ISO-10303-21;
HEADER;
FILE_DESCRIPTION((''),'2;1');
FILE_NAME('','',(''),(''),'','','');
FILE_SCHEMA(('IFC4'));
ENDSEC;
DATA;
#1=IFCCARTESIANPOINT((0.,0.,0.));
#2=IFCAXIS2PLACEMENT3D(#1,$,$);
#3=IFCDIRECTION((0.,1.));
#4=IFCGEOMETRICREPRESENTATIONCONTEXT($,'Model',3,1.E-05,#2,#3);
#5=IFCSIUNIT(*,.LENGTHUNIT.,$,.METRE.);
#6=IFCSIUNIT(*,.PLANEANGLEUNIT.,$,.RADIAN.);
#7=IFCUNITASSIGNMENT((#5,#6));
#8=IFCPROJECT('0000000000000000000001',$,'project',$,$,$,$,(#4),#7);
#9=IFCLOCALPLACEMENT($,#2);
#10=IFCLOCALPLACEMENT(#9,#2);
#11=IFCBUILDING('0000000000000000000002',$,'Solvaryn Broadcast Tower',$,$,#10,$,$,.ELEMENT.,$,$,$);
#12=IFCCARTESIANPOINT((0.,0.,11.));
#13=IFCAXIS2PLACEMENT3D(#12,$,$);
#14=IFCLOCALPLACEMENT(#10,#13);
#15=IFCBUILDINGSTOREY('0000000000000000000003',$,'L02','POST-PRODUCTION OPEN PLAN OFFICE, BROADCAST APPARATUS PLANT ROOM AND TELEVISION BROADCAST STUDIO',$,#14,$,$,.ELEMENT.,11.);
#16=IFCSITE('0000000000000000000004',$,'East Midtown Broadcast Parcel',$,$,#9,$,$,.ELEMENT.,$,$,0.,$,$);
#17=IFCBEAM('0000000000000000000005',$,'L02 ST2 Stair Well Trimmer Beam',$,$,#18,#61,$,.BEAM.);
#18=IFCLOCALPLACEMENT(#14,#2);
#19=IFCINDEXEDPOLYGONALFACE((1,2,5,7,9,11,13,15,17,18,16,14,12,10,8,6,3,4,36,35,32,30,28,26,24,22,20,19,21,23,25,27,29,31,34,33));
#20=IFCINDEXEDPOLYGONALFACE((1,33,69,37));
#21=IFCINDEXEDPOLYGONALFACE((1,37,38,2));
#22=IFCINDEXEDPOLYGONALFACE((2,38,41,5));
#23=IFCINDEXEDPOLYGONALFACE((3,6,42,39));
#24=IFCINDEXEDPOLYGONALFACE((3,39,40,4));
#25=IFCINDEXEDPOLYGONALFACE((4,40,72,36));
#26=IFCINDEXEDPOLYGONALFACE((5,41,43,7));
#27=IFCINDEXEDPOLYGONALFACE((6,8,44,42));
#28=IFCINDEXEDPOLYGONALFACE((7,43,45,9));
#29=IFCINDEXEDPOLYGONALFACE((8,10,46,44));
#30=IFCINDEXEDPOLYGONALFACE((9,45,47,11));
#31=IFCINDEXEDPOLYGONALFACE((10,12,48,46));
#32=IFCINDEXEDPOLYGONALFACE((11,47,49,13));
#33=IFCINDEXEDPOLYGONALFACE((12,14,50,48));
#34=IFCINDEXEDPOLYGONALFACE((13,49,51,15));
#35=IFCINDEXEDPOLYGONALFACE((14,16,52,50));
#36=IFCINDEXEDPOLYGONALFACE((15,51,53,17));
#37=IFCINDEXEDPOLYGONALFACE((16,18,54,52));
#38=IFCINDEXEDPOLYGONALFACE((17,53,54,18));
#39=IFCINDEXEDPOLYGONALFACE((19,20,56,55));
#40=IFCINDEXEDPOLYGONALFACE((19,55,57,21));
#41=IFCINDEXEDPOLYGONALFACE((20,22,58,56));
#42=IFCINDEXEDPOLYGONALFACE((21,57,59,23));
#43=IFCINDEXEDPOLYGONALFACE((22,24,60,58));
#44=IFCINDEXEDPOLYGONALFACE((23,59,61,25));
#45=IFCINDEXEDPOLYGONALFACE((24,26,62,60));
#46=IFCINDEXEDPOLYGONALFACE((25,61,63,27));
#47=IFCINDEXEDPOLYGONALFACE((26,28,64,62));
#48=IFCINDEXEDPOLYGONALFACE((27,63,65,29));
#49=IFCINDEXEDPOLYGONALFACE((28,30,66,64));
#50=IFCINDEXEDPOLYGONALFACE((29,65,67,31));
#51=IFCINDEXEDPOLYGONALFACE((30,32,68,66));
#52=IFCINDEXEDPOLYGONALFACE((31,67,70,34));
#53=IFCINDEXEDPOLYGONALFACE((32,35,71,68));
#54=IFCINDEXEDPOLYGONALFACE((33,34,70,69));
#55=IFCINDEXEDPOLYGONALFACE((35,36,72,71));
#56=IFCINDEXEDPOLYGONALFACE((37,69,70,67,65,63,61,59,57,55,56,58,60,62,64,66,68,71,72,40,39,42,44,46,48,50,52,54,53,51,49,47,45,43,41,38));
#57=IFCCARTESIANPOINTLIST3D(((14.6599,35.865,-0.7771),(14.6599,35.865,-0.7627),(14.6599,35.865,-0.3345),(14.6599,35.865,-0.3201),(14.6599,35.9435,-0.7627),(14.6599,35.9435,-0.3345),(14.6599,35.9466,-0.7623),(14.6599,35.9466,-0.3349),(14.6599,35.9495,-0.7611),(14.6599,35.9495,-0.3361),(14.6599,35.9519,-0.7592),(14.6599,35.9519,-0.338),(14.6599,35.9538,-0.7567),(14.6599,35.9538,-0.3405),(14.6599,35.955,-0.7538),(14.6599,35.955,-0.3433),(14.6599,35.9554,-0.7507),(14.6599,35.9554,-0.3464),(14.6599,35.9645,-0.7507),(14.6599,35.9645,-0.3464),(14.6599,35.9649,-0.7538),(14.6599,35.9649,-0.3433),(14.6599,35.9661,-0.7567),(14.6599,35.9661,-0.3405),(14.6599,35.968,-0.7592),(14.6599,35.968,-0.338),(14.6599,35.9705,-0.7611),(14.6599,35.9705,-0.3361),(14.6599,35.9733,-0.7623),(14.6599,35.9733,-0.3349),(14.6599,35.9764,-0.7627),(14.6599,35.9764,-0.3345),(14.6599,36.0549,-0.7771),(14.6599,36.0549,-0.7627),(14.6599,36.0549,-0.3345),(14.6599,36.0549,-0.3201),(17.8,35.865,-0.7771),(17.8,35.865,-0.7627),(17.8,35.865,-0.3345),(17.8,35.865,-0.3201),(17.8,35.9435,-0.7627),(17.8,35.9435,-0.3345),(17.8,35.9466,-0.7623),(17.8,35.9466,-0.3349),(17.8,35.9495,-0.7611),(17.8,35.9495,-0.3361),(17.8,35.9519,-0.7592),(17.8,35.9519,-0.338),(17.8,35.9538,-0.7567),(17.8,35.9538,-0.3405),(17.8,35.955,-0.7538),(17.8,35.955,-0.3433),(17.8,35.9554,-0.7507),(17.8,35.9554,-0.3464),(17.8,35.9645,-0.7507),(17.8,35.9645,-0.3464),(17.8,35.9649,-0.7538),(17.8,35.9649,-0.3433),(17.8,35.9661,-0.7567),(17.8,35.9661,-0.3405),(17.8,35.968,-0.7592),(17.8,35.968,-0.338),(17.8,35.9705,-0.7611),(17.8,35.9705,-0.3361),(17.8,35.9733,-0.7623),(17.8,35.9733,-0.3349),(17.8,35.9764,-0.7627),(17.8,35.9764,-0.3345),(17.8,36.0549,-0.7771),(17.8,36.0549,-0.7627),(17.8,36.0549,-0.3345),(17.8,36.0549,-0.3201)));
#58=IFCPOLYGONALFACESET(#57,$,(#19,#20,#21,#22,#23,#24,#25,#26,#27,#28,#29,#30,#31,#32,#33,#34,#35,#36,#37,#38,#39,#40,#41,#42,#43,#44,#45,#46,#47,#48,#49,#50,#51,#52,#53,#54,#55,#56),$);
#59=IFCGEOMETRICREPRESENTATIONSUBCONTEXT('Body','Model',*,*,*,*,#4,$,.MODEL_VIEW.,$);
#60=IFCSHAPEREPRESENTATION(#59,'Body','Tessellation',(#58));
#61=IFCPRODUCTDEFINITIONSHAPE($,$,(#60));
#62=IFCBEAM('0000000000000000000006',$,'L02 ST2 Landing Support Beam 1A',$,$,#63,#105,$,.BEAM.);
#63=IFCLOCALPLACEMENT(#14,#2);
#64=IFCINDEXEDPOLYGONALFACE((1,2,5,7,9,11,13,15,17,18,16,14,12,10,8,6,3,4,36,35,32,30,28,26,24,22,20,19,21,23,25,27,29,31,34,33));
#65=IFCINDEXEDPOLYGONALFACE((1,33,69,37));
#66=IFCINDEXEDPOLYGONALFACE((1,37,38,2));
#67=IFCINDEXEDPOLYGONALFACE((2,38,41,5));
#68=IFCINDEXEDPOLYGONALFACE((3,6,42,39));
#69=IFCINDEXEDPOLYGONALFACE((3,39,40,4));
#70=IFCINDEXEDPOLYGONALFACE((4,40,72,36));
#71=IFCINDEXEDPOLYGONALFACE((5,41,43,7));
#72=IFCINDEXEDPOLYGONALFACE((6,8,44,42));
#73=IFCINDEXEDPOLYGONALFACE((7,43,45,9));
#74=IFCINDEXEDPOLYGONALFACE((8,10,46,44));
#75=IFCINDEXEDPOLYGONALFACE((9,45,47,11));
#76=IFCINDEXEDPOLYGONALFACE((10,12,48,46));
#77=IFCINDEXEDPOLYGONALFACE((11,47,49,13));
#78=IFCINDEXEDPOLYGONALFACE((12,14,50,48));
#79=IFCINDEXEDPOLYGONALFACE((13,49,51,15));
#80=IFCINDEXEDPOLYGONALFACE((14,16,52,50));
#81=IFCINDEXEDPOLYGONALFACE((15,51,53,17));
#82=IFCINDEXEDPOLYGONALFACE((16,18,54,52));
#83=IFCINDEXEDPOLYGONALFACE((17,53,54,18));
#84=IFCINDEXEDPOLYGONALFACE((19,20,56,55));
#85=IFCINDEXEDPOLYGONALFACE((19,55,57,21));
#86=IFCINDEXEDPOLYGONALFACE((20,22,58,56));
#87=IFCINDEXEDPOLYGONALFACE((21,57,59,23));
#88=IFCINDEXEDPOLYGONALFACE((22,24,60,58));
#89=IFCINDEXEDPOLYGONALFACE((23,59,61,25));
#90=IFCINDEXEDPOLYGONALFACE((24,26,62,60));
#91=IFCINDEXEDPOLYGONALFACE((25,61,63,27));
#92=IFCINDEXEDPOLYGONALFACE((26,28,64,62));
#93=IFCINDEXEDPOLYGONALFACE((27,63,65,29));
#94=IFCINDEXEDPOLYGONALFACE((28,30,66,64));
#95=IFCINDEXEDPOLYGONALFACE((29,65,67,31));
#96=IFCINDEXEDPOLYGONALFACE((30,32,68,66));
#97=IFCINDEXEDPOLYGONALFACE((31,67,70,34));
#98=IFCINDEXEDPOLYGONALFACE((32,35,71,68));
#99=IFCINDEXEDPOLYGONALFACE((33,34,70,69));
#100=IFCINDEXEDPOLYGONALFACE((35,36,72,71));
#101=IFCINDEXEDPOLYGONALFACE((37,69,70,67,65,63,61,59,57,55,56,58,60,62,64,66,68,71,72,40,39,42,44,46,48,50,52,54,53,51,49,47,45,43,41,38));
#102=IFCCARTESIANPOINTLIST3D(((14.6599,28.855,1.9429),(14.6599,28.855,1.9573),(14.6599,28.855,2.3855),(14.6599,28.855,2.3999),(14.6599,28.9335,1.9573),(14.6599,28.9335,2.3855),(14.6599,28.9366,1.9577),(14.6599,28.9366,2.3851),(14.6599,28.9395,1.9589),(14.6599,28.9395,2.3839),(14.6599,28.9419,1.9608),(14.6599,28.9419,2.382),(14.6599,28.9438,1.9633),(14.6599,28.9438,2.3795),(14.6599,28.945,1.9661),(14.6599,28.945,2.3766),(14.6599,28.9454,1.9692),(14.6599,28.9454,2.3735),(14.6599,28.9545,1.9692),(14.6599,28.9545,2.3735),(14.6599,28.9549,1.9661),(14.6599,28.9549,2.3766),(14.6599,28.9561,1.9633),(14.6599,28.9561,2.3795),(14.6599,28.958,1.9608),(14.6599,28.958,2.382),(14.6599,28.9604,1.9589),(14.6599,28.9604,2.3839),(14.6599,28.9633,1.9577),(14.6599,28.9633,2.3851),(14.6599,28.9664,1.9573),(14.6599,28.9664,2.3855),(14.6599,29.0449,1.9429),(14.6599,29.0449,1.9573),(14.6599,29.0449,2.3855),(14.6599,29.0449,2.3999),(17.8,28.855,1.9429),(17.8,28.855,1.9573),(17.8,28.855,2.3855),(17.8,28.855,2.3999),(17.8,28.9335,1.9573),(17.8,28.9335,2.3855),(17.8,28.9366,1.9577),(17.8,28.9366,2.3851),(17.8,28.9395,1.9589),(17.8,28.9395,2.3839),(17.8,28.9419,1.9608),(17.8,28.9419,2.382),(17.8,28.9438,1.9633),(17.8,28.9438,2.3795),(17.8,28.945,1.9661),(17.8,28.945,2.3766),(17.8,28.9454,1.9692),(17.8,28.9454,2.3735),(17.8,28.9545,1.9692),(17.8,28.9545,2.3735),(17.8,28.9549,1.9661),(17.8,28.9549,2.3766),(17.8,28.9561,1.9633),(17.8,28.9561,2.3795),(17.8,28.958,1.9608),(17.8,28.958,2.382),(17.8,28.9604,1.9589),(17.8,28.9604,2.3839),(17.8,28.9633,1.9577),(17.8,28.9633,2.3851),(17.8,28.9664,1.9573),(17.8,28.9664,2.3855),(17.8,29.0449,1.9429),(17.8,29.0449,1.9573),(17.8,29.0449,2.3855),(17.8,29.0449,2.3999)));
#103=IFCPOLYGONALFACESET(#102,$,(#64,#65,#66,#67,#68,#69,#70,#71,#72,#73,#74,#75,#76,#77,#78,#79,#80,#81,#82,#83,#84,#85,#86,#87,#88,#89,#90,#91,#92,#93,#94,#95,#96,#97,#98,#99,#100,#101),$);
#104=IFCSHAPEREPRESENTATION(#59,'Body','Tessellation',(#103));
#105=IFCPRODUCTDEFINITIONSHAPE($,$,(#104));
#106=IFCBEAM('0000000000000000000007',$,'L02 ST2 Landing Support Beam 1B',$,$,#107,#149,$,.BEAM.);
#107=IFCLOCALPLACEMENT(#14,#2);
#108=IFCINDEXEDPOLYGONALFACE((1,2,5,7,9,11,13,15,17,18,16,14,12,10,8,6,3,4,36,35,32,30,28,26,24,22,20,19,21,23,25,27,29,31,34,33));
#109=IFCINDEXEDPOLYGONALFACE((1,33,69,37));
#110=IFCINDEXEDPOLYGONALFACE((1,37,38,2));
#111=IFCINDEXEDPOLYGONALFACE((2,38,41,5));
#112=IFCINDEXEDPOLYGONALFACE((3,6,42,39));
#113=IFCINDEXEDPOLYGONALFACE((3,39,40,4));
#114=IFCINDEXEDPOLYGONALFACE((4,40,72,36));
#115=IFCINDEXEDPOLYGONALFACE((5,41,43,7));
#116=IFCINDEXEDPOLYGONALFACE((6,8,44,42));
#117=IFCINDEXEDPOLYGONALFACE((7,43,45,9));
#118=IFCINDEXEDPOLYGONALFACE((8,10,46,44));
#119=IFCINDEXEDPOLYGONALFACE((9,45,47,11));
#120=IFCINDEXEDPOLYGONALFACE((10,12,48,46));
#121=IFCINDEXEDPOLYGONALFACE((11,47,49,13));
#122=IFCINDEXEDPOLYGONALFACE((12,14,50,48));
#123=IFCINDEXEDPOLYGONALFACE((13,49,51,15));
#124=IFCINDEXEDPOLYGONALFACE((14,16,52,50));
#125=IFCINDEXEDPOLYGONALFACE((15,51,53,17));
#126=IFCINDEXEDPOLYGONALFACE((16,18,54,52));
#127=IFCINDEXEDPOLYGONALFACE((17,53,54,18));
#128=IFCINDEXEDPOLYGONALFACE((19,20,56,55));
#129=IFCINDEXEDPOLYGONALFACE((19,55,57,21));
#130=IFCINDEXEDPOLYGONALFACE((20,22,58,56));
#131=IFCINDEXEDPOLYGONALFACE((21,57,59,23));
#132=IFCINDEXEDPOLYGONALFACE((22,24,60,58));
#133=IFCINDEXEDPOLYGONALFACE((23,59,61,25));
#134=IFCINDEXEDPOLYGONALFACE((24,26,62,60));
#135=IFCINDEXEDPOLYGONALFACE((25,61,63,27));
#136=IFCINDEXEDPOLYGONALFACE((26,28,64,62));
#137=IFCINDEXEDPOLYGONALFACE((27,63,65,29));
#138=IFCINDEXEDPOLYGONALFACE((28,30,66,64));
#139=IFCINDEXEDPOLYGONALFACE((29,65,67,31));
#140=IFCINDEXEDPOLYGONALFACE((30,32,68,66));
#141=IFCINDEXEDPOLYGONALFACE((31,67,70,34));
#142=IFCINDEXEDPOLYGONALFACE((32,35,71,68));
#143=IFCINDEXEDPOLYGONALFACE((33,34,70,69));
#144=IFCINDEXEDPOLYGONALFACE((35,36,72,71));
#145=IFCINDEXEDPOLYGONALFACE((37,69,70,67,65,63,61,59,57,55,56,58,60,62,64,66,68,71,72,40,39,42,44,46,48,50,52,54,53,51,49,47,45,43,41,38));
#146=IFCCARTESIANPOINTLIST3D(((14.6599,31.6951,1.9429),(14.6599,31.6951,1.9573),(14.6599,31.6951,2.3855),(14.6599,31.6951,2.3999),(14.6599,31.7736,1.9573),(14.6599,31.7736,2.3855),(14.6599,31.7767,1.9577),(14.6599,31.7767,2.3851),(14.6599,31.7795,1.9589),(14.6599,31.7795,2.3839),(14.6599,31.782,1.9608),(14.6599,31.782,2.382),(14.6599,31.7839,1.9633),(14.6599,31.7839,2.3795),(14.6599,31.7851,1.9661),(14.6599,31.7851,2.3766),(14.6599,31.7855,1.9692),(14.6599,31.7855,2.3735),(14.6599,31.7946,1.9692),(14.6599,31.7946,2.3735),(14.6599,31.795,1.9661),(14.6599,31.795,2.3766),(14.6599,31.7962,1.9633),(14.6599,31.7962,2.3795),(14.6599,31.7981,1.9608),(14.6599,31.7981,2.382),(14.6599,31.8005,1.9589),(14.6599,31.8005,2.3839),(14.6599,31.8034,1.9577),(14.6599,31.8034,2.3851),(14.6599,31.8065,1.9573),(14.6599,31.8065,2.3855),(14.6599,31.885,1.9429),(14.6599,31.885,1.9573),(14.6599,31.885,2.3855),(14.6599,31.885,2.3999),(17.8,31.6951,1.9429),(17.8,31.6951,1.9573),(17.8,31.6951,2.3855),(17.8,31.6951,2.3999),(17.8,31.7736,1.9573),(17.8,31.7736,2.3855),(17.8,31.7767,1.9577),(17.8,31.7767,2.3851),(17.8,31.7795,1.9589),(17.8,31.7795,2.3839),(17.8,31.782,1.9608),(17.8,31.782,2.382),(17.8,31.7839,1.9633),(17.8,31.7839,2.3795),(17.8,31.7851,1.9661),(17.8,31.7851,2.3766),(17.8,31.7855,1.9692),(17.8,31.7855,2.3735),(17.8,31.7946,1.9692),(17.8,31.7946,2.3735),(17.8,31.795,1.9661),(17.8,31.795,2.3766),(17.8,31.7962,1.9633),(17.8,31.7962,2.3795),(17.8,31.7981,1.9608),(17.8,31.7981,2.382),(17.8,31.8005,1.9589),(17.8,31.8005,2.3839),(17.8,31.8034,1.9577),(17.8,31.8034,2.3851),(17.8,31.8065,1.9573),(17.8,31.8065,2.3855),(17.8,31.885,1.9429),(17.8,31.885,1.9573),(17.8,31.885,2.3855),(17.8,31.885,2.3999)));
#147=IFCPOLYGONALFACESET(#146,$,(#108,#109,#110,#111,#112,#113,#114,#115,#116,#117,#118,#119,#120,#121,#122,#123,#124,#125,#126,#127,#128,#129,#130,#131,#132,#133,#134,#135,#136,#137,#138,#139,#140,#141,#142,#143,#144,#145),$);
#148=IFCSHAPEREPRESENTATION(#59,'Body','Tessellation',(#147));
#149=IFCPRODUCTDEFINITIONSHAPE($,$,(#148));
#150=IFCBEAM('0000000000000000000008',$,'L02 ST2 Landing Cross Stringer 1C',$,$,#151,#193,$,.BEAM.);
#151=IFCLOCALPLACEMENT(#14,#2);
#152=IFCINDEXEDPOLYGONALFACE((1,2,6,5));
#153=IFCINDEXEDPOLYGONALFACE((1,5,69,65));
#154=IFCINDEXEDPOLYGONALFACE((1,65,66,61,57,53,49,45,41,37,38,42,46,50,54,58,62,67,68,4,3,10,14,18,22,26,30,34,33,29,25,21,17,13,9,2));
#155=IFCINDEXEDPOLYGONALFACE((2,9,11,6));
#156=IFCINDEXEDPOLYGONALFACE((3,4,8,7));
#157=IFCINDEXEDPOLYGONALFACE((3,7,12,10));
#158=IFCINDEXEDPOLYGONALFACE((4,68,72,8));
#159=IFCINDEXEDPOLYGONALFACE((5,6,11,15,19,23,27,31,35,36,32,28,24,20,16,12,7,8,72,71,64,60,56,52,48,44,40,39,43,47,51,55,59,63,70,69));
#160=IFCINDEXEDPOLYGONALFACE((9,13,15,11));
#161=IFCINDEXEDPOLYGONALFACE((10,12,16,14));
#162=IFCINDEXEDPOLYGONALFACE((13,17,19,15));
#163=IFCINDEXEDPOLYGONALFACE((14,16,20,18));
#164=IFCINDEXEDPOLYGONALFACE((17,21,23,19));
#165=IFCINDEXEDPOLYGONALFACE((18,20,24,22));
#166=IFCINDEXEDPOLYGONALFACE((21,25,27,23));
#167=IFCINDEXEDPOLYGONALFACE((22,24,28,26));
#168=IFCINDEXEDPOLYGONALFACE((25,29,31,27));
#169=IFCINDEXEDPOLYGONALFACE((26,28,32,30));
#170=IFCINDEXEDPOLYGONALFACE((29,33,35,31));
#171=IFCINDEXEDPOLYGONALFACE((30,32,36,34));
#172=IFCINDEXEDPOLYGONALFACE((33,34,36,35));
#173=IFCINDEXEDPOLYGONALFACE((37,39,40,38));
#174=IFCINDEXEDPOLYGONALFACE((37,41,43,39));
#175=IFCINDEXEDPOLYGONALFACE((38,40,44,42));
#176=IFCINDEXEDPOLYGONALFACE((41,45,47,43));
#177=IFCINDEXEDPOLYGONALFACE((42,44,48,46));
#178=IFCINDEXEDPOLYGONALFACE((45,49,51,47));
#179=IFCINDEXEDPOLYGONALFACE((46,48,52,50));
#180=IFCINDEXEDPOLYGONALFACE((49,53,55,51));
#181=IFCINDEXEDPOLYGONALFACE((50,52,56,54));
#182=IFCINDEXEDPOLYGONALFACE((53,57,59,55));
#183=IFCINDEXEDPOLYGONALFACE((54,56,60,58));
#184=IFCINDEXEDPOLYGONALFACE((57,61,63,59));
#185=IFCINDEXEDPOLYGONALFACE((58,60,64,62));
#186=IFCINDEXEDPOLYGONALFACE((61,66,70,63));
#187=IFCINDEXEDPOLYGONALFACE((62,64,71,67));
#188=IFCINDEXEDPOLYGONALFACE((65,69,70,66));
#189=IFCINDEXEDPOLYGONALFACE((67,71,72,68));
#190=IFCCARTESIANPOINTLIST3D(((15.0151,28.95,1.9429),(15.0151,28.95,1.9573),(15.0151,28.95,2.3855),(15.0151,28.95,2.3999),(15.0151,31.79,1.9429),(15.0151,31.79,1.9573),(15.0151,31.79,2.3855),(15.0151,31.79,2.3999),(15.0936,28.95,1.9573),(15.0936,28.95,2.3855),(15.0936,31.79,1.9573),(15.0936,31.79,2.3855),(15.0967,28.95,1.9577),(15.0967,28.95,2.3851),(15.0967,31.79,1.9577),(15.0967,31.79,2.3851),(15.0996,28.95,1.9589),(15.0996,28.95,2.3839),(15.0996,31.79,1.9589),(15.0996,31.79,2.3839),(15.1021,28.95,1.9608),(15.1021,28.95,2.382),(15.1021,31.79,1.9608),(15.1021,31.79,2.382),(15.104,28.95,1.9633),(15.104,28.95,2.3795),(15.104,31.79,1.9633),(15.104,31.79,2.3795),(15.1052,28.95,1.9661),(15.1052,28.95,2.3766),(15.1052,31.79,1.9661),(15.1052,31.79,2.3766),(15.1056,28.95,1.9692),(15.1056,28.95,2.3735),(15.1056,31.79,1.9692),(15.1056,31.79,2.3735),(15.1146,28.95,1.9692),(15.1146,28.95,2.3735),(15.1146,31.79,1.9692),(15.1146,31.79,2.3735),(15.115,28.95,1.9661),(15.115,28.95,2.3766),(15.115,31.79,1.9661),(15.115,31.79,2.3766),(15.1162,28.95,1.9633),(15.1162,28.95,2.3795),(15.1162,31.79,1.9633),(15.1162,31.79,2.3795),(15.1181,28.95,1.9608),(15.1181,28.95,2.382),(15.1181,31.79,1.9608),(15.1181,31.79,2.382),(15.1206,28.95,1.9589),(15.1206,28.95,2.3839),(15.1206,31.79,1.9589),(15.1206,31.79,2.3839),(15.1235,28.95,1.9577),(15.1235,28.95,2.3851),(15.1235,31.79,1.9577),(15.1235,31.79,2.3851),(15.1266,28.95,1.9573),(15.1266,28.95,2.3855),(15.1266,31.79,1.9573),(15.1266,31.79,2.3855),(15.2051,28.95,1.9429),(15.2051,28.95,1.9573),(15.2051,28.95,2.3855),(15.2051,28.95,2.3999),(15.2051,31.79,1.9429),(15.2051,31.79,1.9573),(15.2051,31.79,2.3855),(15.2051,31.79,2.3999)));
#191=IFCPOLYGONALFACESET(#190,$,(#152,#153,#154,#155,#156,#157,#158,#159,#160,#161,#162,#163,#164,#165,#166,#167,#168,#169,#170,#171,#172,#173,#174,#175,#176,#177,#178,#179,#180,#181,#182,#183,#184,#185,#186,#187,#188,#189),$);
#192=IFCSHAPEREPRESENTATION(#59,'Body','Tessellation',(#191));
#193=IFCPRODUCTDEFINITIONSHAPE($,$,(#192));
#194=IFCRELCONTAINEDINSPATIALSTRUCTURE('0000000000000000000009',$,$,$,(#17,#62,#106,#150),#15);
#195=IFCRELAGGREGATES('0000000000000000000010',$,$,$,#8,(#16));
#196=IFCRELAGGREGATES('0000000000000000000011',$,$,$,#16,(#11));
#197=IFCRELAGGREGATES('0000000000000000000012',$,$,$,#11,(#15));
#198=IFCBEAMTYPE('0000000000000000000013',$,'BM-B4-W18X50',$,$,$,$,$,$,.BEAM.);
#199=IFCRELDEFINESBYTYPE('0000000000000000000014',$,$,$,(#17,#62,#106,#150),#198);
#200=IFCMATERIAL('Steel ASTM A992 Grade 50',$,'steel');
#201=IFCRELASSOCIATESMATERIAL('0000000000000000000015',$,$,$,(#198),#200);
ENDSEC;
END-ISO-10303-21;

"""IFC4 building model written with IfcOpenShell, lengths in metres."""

from ifc_helpers import new_model, si_unit, direction, frame, origin, origin_2d, place, context, subcontext, project, spatial, i_section, extrude, material, material_profile, profile_set, type_object, element, save


model = new_model("IFC4")

# Units and contexts
model_context = context("Model", 3, precision=1e-05, world=origin(), true_north=direction((0.0, 1.0)))
body_context = subcontext(model_context, "Body", "Model", "MODEL_VIEW")
ifc_project = project(units=[si_unit("LENGTHUNIT", "METRE"), si_unit("PLANEANGLEUNIT", "RADIAN")], contexts=[model_context])

# Site, building, storey
site_placement = place(None, origin())
site = spatial("IfcSite", under=ifc_project, at=site_placement, Name="East Midtown Broadcast Parcel", CompositionType="ELEMENT", RefElevation=0.0)
building_placement = place(site_placement, origin())
building = spatial("IfcBuilding", under=site, at=building_placement, Name="Solvaryn Broadcast Tower", CompositionType="ELEMENT")
storey_placement = place(building_placement, frame((0.0, 0.0, 11.0)))
storey = spatial("IfcBuildingStorey", under=building, at=storey_placement, Name="L02", Description="POST-PRODUCTION OPEN PLAN OFFICE, BROADCAST APPARATUS PLANT ROOM AND TELEVISION BROADCAST STUDIO", CompositionType="ELEMENT", Elevation=11.0)

# Beams
ifc_material_1 = material(Name="Steel ASTM A992 Grade 50", Category="steel")
ifc_material_profile_1 = material_profile(ifc_material_1, i_section(OverallWidth=0.1899, OverallDepth=0.457, WebThickness=0.009, FlangeThickness=0.0144, FilletRadius=0.012, at=origin_2d()))
ifc_profile_set_1 = profile_set([ifc_material_profile_1], Name="Steel ASTM A992 Grade 50")
beam_type = type_object("IfcBeamType", Name="BM-B4-W18X50", PredefinedType="BEAM", material=ifc_profile_set_1)
for number, where, z_axis, x_axis, name in (
    (1, (14.6599, 35.96, -0.5486), (1.0, 0.0, 0.0), (0.0, 1.0, 0.0), "L02 ST2 Stair Well Trimmer Beam"),
    (2, (14.6599, 28.95, 2.1714), (1.0, 0.0, 0.0), (0.0, 1.0, 0.0), "L02 ST2 Landing Support Beam 1A"),
    (3, (14.6599, 31.79, 2.1714), (1.0, 0.0, 0.0), (0.0, 1.0, 0.0), "L02 ST2 Landing Support Beam 1B"),
):
    element("IfcBeam", number, at=place(storey_placement, frame(where, z_axis=z_axis, x_axis=x_axis)), inside=storey, type_object=beam_type, Name=name, PredefinedType="BEAM", context=body_context, shape_type="SweptSolid", body=[
        extrude(i_section(OverallWidth=0.1899, OverallDepth=0.457, WebThickness=0.009, FlangeThickness=0.0144, FilletRadius=0.012, at=origin_2d()), origin(), (0.0, 0.0, 1.0), 3.1401),
    ])
beam_1_placement = place(storey_placement, frame((15.1101, 28.95, 2.1714), z_axis=(0.0, 1.0, 0.0), x_axis=(-1.0, 0.0, 0.0)))
element("IfcBeam", 4, at=beam_1_placement, inside=storey, type_object=beam_type, Name="L02 ST2 Landing Cross Stringer 1C", PredefinedType="BEAM", context=body_context, shape_type="SweptSolid", body=[
    extrude(i_section(OverallWidth=0.1899, OverallDepth=0.457, WebThickness=0.009, FlangeThickness=0.0144, FilletRadius=0.012, at=origin_2d()), origin(), (0.0, 0.0, 1.0), 2.8401),
])

save(model, "model.ifc")
